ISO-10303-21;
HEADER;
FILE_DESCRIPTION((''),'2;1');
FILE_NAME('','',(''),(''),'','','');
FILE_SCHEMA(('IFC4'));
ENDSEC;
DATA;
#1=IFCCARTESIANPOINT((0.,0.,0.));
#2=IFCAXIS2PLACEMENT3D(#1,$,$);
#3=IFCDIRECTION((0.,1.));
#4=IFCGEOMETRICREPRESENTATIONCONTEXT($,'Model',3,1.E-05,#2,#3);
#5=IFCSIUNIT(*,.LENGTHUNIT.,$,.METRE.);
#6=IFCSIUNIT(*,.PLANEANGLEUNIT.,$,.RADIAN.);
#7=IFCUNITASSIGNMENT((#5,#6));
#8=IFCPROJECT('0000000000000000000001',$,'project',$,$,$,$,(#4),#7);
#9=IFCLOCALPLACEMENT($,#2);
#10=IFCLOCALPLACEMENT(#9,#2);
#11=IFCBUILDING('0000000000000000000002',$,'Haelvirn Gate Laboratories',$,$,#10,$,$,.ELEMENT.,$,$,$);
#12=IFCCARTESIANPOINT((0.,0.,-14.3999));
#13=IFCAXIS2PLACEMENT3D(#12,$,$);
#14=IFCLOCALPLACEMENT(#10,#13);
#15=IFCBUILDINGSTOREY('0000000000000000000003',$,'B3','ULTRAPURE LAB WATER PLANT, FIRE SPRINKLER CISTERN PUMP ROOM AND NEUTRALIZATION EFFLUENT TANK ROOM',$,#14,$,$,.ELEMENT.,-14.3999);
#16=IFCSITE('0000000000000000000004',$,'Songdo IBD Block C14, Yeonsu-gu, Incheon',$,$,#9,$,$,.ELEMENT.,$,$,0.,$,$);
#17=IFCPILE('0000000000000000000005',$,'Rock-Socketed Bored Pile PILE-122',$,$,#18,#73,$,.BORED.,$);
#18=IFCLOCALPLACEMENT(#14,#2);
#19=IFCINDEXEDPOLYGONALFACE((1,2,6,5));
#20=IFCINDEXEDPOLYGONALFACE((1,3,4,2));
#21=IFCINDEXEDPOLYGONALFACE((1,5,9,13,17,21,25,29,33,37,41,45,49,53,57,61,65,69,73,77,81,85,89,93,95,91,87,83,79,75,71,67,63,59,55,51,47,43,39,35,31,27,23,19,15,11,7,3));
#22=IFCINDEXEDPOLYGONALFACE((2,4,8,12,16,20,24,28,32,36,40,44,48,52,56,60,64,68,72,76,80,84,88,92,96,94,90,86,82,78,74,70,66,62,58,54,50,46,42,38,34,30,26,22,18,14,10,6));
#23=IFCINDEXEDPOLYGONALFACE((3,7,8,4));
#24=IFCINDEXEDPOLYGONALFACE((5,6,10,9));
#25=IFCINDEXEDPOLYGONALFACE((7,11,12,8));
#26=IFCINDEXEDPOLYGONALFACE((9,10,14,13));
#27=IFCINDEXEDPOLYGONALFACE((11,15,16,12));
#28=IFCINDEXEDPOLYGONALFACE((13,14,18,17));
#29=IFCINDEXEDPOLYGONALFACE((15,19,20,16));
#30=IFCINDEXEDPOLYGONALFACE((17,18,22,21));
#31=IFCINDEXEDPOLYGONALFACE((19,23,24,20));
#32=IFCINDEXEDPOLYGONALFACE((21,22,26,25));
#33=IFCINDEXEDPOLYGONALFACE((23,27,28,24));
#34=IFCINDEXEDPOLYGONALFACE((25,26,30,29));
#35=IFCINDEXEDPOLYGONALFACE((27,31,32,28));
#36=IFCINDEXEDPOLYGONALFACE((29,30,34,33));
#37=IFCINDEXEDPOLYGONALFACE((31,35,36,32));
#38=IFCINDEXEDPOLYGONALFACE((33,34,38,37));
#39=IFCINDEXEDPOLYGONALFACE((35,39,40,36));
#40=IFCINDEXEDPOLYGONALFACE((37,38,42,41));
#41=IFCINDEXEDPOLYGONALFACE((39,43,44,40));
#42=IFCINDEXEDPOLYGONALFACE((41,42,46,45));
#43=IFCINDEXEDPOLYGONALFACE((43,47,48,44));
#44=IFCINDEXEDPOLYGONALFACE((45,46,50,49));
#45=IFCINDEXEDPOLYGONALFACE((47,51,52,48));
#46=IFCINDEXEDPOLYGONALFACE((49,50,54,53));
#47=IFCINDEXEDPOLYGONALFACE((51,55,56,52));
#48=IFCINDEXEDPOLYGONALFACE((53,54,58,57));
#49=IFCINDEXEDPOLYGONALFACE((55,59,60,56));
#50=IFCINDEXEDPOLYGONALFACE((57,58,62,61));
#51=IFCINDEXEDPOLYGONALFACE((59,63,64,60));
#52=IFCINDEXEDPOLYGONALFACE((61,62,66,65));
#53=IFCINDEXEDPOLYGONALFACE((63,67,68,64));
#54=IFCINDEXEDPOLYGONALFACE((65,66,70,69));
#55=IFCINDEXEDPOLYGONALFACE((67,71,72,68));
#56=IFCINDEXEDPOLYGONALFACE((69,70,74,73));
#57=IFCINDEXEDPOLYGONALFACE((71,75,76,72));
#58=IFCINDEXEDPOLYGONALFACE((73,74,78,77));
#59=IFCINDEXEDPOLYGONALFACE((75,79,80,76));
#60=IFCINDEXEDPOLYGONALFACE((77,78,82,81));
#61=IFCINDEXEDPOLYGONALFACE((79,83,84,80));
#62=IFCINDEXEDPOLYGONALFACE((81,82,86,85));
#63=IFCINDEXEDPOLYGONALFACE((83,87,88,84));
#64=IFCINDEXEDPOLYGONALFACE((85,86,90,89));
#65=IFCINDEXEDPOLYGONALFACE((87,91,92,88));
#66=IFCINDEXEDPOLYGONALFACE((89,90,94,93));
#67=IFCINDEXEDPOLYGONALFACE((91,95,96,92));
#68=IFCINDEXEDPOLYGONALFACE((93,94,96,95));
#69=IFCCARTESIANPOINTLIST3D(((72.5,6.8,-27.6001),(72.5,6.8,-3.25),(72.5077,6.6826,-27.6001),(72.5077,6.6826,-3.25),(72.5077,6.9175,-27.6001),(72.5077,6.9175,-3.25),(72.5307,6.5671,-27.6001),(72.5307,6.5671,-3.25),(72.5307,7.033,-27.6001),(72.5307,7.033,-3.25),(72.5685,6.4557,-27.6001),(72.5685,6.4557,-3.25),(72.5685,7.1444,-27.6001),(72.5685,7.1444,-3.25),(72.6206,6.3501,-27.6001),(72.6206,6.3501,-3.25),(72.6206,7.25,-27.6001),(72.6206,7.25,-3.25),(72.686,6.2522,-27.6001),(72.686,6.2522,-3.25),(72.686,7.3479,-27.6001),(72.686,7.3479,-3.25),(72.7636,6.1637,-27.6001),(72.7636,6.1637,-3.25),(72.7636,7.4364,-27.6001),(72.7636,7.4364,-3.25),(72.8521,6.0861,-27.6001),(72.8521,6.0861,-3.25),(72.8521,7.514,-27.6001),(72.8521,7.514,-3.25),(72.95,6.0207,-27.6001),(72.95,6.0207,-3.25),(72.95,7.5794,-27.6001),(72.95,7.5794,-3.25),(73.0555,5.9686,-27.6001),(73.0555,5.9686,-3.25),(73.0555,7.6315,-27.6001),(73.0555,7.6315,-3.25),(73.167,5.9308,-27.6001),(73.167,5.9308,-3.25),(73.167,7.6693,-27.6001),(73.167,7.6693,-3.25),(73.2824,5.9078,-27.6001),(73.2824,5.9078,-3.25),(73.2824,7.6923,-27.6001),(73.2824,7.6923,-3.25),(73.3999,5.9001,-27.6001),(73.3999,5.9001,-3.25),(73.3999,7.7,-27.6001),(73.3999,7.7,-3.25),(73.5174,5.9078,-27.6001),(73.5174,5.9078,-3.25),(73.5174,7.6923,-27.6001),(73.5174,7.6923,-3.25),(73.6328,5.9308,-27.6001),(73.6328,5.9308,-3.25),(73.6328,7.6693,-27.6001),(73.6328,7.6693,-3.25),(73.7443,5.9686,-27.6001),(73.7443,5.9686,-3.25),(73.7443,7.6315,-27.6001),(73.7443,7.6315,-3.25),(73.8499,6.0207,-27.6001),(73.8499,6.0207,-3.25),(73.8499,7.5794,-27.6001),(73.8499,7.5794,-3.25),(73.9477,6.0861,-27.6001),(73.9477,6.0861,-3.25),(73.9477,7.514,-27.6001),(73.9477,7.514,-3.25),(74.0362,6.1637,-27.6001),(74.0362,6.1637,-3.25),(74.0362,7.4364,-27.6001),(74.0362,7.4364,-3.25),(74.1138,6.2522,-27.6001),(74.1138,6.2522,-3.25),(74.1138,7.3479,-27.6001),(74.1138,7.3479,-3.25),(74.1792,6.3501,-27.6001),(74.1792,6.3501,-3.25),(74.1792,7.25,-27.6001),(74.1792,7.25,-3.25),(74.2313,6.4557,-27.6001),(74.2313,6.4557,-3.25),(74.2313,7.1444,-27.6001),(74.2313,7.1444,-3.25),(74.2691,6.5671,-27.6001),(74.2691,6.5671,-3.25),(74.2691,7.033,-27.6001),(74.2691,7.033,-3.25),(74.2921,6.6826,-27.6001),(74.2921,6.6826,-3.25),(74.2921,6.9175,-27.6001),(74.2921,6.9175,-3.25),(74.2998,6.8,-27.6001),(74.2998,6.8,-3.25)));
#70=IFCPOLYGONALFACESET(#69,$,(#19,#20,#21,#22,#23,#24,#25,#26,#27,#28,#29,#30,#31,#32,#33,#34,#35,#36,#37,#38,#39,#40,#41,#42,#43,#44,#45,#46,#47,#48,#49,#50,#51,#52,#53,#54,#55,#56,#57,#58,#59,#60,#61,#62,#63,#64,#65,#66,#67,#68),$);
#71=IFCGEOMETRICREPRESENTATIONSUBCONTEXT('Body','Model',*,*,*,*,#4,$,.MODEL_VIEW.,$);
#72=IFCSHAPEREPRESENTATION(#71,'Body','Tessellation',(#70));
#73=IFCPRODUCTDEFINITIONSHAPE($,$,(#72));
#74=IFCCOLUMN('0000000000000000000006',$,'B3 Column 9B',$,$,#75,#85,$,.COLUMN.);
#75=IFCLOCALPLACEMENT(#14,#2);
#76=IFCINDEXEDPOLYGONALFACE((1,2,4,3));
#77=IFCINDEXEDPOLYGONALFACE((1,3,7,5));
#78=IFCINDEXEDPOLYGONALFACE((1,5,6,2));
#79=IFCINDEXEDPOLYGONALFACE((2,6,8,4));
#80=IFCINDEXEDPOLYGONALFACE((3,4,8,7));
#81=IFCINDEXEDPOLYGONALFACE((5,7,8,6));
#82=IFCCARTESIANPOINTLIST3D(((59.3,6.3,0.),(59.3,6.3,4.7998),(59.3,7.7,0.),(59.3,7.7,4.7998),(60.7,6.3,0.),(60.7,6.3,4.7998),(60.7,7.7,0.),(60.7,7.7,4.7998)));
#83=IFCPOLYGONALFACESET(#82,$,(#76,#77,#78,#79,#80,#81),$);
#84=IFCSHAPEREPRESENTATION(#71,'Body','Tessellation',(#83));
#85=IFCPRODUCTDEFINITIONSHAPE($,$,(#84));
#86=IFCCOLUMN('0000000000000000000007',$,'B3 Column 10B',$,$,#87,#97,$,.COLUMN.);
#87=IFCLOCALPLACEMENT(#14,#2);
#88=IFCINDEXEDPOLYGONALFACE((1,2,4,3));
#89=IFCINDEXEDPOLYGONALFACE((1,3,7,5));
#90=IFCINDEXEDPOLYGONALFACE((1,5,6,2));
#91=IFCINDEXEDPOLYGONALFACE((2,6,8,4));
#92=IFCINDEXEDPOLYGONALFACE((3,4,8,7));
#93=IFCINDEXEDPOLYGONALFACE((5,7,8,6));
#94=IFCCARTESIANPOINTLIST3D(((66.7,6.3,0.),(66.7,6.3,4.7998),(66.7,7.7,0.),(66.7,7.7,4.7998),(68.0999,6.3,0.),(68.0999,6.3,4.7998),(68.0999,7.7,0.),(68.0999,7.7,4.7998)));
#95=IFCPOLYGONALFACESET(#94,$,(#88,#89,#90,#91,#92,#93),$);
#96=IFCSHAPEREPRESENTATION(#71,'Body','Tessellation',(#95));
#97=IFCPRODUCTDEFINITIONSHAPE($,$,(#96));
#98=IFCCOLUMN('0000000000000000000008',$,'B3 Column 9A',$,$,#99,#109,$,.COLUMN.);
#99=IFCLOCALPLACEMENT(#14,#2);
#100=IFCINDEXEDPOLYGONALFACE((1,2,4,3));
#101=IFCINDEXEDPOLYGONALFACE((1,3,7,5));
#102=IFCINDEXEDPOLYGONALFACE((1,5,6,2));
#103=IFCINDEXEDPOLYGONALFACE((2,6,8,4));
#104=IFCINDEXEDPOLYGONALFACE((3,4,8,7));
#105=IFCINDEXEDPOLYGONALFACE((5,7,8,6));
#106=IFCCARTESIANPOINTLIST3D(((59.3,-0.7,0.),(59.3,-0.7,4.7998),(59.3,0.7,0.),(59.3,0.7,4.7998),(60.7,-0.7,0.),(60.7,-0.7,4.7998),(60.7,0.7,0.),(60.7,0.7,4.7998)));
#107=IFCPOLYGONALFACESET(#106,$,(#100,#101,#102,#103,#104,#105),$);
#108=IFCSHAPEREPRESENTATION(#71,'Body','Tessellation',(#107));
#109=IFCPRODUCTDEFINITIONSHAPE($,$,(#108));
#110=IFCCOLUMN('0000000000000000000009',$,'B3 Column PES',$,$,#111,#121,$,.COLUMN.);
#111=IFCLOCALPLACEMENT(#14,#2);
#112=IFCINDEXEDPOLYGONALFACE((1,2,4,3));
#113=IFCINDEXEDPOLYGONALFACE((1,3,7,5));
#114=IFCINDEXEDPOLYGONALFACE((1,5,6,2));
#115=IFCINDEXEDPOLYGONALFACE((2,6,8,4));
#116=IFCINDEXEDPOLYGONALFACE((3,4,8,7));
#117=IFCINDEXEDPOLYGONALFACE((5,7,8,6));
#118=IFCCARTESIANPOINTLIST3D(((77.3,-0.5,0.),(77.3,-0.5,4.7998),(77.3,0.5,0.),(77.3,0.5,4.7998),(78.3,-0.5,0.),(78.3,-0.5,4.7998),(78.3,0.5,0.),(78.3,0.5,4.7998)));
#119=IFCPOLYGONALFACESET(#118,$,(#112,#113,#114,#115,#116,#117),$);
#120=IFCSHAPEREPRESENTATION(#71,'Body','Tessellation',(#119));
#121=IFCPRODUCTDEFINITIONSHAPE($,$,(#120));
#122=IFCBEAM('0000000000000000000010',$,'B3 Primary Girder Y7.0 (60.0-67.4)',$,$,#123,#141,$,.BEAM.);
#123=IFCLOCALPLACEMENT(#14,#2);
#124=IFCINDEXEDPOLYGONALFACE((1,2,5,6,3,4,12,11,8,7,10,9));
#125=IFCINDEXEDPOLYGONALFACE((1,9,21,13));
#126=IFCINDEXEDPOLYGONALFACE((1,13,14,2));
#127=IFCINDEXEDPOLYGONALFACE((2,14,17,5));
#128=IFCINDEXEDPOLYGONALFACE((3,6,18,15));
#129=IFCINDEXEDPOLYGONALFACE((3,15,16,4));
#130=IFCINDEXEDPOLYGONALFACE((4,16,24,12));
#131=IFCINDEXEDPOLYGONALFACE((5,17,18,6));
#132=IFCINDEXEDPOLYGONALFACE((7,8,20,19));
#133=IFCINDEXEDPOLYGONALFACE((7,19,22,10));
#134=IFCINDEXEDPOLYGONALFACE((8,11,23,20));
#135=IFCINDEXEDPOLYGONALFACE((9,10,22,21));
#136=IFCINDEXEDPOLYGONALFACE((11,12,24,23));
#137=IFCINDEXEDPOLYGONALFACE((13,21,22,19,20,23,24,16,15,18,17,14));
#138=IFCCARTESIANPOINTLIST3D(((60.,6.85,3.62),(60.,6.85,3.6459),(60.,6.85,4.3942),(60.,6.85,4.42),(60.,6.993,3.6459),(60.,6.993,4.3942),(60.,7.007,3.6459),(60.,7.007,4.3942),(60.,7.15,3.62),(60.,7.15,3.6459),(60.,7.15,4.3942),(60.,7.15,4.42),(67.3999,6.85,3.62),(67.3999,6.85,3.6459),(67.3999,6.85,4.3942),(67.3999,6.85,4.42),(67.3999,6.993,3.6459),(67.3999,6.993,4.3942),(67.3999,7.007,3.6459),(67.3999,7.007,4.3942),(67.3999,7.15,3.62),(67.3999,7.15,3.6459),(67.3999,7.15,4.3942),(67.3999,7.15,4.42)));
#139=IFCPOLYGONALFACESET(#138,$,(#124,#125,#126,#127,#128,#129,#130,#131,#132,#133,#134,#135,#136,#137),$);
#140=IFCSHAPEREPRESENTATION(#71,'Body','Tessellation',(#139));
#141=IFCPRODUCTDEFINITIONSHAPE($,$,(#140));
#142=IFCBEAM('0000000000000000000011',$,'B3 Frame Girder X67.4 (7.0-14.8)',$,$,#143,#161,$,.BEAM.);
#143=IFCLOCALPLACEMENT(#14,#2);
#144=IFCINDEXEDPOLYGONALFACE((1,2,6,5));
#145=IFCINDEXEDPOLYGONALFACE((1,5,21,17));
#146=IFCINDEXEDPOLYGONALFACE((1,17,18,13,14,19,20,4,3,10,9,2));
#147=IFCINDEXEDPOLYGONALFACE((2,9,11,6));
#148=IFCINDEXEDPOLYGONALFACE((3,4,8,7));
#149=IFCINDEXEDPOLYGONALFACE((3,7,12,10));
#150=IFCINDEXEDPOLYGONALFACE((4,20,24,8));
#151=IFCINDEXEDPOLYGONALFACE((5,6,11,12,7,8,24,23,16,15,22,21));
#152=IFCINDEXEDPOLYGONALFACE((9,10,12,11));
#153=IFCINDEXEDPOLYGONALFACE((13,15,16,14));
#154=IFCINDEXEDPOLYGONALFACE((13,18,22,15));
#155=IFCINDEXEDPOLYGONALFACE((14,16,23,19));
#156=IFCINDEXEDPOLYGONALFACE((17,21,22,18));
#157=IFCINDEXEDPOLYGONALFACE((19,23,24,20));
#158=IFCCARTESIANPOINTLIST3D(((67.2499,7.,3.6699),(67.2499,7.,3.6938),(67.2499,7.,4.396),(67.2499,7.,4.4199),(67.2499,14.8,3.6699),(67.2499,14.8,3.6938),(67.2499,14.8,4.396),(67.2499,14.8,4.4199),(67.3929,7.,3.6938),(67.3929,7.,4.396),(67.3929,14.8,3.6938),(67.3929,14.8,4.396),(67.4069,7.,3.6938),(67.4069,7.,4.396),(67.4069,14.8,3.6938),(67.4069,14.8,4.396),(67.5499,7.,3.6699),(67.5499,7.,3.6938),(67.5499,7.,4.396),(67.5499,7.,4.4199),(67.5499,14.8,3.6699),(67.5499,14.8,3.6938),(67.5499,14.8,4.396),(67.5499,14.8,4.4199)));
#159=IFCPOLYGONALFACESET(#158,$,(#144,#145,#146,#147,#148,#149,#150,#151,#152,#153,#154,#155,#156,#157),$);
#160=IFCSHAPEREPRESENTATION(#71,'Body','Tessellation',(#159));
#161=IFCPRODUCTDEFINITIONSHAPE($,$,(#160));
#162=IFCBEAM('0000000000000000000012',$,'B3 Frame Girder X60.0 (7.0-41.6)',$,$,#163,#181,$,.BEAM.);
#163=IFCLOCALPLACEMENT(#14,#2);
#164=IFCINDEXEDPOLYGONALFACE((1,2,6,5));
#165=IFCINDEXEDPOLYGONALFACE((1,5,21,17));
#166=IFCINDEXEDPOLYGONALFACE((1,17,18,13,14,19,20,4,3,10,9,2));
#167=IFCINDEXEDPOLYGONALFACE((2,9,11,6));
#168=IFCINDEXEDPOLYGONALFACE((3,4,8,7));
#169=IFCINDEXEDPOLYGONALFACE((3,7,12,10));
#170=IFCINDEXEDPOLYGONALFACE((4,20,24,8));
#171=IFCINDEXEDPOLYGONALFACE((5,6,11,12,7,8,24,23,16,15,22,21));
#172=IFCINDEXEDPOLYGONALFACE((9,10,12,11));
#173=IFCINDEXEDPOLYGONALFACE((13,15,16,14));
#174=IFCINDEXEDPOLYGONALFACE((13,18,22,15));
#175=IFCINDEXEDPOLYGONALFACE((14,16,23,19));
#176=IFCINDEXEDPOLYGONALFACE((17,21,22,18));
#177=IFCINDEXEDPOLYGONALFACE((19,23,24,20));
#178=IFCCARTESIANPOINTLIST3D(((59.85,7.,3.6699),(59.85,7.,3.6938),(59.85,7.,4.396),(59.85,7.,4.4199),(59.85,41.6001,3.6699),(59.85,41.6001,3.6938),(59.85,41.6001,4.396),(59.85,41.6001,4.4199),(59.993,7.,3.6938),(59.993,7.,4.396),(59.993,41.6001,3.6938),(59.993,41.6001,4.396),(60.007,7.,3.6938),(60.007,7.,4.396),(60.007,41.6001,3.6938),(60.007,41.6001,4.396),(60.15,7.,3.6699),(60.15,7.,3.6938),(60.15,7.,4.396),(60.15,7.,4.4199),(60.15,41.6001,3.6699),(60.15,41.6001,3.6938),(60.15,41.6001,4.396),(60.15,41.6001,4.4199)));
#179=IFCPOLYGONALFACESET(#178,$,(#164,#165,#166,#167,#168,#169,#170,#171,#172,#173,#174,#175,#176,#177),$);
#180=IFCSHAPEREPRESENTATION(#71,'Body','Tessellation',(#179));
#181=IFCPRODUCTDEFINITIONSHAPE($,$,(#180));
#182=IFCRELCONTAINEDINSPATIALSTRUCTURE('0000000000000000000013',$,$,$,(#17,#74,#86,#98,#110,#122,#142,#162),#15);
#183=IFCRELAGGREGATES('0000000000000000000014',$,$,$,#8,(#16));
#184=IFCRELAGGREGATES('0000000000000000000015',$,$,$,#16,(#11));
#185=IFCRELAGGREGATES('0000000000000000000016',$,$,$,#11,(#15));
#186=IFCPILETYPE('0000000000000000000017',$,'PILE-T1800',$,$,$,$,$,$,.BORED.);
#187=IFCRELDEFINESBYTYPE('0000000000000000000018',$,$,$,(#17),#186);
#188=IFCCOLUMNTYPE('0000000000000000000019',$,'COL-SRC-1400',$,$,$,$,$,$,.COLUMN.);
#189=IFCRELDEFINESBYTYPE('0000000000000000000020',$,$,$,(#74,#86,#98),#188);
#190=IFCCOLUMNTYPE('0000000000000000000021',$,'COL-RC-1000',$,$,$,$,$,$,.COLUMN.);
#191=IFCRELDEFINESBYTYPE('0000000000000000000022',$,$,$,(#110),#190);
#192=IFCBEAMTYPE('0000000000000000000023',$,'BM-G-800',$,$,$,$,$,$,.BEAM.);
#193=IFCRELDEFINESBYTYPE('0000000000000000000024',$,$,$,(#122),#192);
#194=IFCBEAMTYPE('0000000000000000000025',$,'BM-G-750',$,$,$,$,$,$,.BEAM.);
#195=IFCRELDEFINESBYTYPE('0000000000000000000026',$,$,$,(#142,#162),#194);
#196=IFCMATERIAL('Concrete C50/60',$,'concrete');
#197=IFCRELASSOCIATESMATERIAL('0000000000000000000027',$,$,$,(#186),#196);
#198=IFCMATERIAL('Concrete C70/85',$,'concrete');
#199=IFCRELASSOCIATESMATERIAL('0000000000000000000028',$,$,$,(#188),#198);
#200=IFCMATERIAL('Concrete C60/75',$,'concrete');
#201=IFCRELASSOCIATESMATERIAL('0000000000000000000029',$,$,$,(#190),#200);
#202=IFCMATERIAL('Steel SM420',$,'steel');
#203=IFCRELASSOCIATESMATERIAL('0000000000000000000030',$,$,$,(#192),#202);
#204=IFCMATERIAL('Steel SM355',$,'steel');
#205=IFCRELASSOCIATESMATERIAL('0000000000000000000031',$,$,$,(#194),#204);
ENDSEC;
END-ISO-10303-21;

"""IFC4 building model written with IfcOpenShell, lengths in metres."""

from ifc_helpers import new_model, si_unit, direction, frame, origin, origin_2d, place, context, subcontext, project, spatial, rectangle, circle, i_section, extrude, source, transform, mapped, material, material_profile, profile_set, type_object, type_shapes, element, save


model = new_model("IFC4")

# Units and contexts
model_context = context("Model", 3, precision=1e-05, world=origin(), true_north=direction((0.0, 1.0)))
body_context = subcontext(model_context, "Body", "Model", "MODEL_VIEW")
ifc_project = project(units=[si_unit("LENGTHUNIT", "METRE"), si_unit("PLANEANGLEUNIT", "RADIAN")], contexts=[model_context])

# Site, building, storey
site_placement = place(None, origin())
site = spatial("IfcSite", under=ifc_project, at=site_placement, Name="Songdo IBD Block C14, Yeonsu-gu, Incheon", CompositionType="ELEMENT", RefElevation=0.0)
building_placement = place(site_placement, origin())
building = spatial("IfcBuilding", under=site, at=building_placement, Name="Haelvirn Gate Laboratories", CompositionType="ELEMENT")
storey_placement = place(building_placement, frame((0.0, 0.0, -14.3999)))
storey = spatial("IfcBuildingStorey", under=building, at=storey_placement, Name="B3", Description="ULTRAPURE LAB WATER PLANT, FIRE SPRINKLER CISTERN PUMP ROOM AND NEUTRALIZATION EFFLUENT TANK ROOM", CompositionType="ELEMENT", Elevation=-14.3999)

# Pile
ifc_material_1 = material(Name="Concrete C50/60", Category="concrete")
ifc_material_profile_1 = material_profile(ifc_material_1, circle(Radius=0.8999, at=origin_2d()), Name="PILE-D1800")
ifc_profile_set_1 = profile_set([ifc_material_profile_1], Name="Concrete C50/60")
pile_type = type_object("IfcPileType", Name="PILE-T1800", PredefinedType="BORED", material=ifc_profile_set_1)
shared_shape_1 = source(origin(), body_context, "Body", "SweptSolid", [
    extrude(circle(Radius=0.8999, at=origin_2d()), origin(), (0.0, 0.0, 1.0), 24.3501),
])
type_shapes(pile_type, [shared_shape_1])
for number, where, z_axis, x_axis, name in (
    (1, (73.3999, 6.8, -3.25), (0.0, 0.0, -1.0), (1.0, 0.0, 0.0), "Rock-Socketed Bored Pile PILE-122"),
):
    element("IfcPile", number, at=place(storey_placement, frame(where, z_axis=z_axis, x_axis=x_axis)), inside=storey, type_object=pile_type, Name=name, PredefinedType="BORED", context=body_context, shape_type="MappedRepresentation", body=[
        mapped(shared_shape_1, transform((0.0, 0.0, 0.0), scale=1.0)),
    ])

# Columns
ifc_material_2 = material(Name="Concrete C70/85", Category="concrete")
ifc_material_profile_2 = material_profile(ifc_material_2, rectangle(XDim=1.3999, YDim=1.3999, at=origin_2d()), Name="SRC-1400x1400")
ifc_profile_set_2 = profile_set([ifc_material_profile_2], Name="Concrete C70/85")
column_type_1 = type_object("IfcColumnType", Name="COL-SRC-1400", PredefinedType="COLUMN", material=ifc_profile_set_2)
shared_shape_2 = source(origin(), body_context, "Body", "SweptSolid", [
    extrude(rectangle(XDim=1.3999, YDim=1.3999, at=origin_2d()), origin(), (0.0, 0.0, 1.0), 4.7998),
])
type_shapes(column_type_1, [shared_shape_2])
for number, where, z_axis, x_axis, name in (
    (2, (60.0, 7.0, 0.0), (0.0, 0.0, 1.0), (1.0, 0.0, 0.0), "B3 Column 9B"),
    (3, (67.3999, 7.0, 0.0), (0.0, 0.0, 1.0), (1.0, 0.0, 0.0), "B3 Column 10B"),
    (4, (60.0, 0.0, 0.0), (0.0, 0.0, 1.0), (1.0, 0.0, 0.0), "B3 Column 9A"),
):
    element("IfcColumn", number, at=place(storey_placement, frame(where, z_axis=z_axis, x_axis=x_axis)), inside=storey, type_object=column_type_1, Name=name, PredefinedType="COLUMN", context=body_context, shape_type="MappedRepresentation", body=[
        mapped(shared_shape_2, transform((0.0, 0.0, 0.0), scale=1.0)),
    ])
ifc_material_3 = material(Name="Concrete C60/75", Category="concrete")
ifc_material_profile_3 = material_profile(ifc_material_3, rectangle(XDim=1.0, YDim=1.0, at=origin_2d()), Name="RC-1000x1000")
ifc_profile_set_3 = profile_set([ifc_material_profile_3], Name="Concrete C60/75")
column_type_2 = type_object("IfcColumnType", Name="COL-RC-1000", PredefinedType="COLUMN", material=ifc_profile_set_3)
shared_shape_3 = source(origin(), body_context, "Body", "SweptSolid", [
    extrude(rectangle(XDim=1.0, YDim=1.0, at=origin_2d()), origin(), (0.0, 0.0, 1.0), 4.7998),
])
type_shapes(column_type_2, [shared_shape_3])
column_placement = place(storey_placement, frame((77.8, 0.0, 0.0), z_axis=(0.0, 0.0, 1.0), x_axis=(1.0, 0.0, 0.0)))
element("IfcColumn", 5, at=column_placement, inside=storey, type_object=column_type_2, Name="B3 Column PES", PredefinedType="COLUMN", context=body_context, shape_type="MappedRepresentation", body=[
    mapped(shared_shape_3, transform((0.0, 0.0, 0.0), scale=1.0)),
])

# Beams
ifc_material_4 = material(Name="Steel SM420", Category="steel")
ifc_material_profile_4 = material_profile(ifc_material_4, i_section(OverallWidth=0.3, OverallDepth=0.8, WebThickness=0.0139, FlangeThickness=0.0259, at=origin_2d()), Name="H-800x300x14x26")
ifc_profile_set_4 = profile_set([ifc_material_profile_4], Name="Steel SM420")
beam_type_1 = type_object("IfcBeamType", Name="BM-G-800", PredefinedType="BEAM", material=ifc_profile_set_4)
shared_shape_4 = source(origin(), body_context, "Body", "SweptSolid", [
    extrude(i_section(OverallWidth=0.3, OverallDepth=0.8, WebThickness=0.0139, FlangeThickness=0.0259, at=origin_2d()), origin(), (0.0, 0.0, 1.0), 7.3999),
])
type_shapes(beam_type_1, [shared_shape_4])
beam_1_placement = place(storey_placement, frame((60.0, 7.0, 4.02), z_axis=(1.0, 0.0, 0.0), x_axis=(0.0, 1.0, 0.0)))
element("IfcBeam", 6, at=beam_1_placement, inside=storey, type_object=beam_type_1, Name="B3 Primary Girder Y7.0 (60.0-67.4)", PredefinedType="BEAM", context=body_context, shape_type="MappedRepresentation", body=[
    mapped(shared_shape_4, transform((0.0, 0.0, 0.0), scale=1.0)),
])
ifc_material_5 = material(Name="Steel SM355", Category="steel")
ifc_material_profile_5 = material_profile(ifc_material_5, i_section(OverallWidth=0.3, OverallDepth=0.75, WebThickness=0.0139, FlangeThickness=0.0239, at=origin_2d()), Name="H-750x300x14x24")
ifc_profile_set_5 = profile_set([ifc_material_profile_5], Name="Steel SM355")
beam_type_2 = type_object("IfcBeamType", Name="BM-G-750", PredefinedType="BEAM", material=ifc_profile_set_5)
shared_shape_5 = source(origin(), body_context, "Body", "SweptSolid", [
    extrude(i_section(OverallWidth=0.3, OverallDepth=0.75, WebThickness=0.0139, FlangeThickness=0.0239, at=origin_2d()), origin(), (0.0, 0.0, 1.0), 7.8),
])
beam_2_placement = place(storey_placement, frame((67.3999, 7.0, 4.0449), z_axis=(0.0, 1.0, 0.0), x_axis=(-1.0, 0.0, 0.0)))
element("IfcBeam", 7, at=beam_2_placement, inside=storey, type_object=beam_type_2, Name="B3 Frame Girder X67.4 (7.0-14.8)", PredefinedType="BEAM", context=body_context, shape_type="MappedRepresentation", body=[
    mapped(shared_shape_5, transform((0.0, 0.0, 0.0), scale=1.0)),
])
shared_shape_6 = source(origin(), body_context, "Body", "SweptSolid", [
    extrude(i_section(OverallWidth=0.3, OverallDepth=0.75, WebThickness=0.0139, FlangeThickness=0.0239, at=origin_2d()), origin(), (0.0, 0.0, 1.0), 34.6001),
])
type_shapes(beam_type_2, [shared_shape_5, shared_shape_6])
beam_3_placement = place(storey_placement, frame((60.0, 7.0, 4.0449), z_axis=(0.0, 1.0, 0.0), x_axis=(-1.0, 0.0, 0.0)))
element("IfcBeam", 8, at=beam_3_placement, inside=storey, type_object=beam_type_2, Name="B3 Frame Girder X60.0 (7.0-41.6)", PredefinedType="BEAM", context=body_context, shape_type="MappedRepresentation", body=[
    mapped(shared_shape_6, transform((0.0, 0.0, 0.0), scale=1.0)),
])

save(model, "model.ifc")
